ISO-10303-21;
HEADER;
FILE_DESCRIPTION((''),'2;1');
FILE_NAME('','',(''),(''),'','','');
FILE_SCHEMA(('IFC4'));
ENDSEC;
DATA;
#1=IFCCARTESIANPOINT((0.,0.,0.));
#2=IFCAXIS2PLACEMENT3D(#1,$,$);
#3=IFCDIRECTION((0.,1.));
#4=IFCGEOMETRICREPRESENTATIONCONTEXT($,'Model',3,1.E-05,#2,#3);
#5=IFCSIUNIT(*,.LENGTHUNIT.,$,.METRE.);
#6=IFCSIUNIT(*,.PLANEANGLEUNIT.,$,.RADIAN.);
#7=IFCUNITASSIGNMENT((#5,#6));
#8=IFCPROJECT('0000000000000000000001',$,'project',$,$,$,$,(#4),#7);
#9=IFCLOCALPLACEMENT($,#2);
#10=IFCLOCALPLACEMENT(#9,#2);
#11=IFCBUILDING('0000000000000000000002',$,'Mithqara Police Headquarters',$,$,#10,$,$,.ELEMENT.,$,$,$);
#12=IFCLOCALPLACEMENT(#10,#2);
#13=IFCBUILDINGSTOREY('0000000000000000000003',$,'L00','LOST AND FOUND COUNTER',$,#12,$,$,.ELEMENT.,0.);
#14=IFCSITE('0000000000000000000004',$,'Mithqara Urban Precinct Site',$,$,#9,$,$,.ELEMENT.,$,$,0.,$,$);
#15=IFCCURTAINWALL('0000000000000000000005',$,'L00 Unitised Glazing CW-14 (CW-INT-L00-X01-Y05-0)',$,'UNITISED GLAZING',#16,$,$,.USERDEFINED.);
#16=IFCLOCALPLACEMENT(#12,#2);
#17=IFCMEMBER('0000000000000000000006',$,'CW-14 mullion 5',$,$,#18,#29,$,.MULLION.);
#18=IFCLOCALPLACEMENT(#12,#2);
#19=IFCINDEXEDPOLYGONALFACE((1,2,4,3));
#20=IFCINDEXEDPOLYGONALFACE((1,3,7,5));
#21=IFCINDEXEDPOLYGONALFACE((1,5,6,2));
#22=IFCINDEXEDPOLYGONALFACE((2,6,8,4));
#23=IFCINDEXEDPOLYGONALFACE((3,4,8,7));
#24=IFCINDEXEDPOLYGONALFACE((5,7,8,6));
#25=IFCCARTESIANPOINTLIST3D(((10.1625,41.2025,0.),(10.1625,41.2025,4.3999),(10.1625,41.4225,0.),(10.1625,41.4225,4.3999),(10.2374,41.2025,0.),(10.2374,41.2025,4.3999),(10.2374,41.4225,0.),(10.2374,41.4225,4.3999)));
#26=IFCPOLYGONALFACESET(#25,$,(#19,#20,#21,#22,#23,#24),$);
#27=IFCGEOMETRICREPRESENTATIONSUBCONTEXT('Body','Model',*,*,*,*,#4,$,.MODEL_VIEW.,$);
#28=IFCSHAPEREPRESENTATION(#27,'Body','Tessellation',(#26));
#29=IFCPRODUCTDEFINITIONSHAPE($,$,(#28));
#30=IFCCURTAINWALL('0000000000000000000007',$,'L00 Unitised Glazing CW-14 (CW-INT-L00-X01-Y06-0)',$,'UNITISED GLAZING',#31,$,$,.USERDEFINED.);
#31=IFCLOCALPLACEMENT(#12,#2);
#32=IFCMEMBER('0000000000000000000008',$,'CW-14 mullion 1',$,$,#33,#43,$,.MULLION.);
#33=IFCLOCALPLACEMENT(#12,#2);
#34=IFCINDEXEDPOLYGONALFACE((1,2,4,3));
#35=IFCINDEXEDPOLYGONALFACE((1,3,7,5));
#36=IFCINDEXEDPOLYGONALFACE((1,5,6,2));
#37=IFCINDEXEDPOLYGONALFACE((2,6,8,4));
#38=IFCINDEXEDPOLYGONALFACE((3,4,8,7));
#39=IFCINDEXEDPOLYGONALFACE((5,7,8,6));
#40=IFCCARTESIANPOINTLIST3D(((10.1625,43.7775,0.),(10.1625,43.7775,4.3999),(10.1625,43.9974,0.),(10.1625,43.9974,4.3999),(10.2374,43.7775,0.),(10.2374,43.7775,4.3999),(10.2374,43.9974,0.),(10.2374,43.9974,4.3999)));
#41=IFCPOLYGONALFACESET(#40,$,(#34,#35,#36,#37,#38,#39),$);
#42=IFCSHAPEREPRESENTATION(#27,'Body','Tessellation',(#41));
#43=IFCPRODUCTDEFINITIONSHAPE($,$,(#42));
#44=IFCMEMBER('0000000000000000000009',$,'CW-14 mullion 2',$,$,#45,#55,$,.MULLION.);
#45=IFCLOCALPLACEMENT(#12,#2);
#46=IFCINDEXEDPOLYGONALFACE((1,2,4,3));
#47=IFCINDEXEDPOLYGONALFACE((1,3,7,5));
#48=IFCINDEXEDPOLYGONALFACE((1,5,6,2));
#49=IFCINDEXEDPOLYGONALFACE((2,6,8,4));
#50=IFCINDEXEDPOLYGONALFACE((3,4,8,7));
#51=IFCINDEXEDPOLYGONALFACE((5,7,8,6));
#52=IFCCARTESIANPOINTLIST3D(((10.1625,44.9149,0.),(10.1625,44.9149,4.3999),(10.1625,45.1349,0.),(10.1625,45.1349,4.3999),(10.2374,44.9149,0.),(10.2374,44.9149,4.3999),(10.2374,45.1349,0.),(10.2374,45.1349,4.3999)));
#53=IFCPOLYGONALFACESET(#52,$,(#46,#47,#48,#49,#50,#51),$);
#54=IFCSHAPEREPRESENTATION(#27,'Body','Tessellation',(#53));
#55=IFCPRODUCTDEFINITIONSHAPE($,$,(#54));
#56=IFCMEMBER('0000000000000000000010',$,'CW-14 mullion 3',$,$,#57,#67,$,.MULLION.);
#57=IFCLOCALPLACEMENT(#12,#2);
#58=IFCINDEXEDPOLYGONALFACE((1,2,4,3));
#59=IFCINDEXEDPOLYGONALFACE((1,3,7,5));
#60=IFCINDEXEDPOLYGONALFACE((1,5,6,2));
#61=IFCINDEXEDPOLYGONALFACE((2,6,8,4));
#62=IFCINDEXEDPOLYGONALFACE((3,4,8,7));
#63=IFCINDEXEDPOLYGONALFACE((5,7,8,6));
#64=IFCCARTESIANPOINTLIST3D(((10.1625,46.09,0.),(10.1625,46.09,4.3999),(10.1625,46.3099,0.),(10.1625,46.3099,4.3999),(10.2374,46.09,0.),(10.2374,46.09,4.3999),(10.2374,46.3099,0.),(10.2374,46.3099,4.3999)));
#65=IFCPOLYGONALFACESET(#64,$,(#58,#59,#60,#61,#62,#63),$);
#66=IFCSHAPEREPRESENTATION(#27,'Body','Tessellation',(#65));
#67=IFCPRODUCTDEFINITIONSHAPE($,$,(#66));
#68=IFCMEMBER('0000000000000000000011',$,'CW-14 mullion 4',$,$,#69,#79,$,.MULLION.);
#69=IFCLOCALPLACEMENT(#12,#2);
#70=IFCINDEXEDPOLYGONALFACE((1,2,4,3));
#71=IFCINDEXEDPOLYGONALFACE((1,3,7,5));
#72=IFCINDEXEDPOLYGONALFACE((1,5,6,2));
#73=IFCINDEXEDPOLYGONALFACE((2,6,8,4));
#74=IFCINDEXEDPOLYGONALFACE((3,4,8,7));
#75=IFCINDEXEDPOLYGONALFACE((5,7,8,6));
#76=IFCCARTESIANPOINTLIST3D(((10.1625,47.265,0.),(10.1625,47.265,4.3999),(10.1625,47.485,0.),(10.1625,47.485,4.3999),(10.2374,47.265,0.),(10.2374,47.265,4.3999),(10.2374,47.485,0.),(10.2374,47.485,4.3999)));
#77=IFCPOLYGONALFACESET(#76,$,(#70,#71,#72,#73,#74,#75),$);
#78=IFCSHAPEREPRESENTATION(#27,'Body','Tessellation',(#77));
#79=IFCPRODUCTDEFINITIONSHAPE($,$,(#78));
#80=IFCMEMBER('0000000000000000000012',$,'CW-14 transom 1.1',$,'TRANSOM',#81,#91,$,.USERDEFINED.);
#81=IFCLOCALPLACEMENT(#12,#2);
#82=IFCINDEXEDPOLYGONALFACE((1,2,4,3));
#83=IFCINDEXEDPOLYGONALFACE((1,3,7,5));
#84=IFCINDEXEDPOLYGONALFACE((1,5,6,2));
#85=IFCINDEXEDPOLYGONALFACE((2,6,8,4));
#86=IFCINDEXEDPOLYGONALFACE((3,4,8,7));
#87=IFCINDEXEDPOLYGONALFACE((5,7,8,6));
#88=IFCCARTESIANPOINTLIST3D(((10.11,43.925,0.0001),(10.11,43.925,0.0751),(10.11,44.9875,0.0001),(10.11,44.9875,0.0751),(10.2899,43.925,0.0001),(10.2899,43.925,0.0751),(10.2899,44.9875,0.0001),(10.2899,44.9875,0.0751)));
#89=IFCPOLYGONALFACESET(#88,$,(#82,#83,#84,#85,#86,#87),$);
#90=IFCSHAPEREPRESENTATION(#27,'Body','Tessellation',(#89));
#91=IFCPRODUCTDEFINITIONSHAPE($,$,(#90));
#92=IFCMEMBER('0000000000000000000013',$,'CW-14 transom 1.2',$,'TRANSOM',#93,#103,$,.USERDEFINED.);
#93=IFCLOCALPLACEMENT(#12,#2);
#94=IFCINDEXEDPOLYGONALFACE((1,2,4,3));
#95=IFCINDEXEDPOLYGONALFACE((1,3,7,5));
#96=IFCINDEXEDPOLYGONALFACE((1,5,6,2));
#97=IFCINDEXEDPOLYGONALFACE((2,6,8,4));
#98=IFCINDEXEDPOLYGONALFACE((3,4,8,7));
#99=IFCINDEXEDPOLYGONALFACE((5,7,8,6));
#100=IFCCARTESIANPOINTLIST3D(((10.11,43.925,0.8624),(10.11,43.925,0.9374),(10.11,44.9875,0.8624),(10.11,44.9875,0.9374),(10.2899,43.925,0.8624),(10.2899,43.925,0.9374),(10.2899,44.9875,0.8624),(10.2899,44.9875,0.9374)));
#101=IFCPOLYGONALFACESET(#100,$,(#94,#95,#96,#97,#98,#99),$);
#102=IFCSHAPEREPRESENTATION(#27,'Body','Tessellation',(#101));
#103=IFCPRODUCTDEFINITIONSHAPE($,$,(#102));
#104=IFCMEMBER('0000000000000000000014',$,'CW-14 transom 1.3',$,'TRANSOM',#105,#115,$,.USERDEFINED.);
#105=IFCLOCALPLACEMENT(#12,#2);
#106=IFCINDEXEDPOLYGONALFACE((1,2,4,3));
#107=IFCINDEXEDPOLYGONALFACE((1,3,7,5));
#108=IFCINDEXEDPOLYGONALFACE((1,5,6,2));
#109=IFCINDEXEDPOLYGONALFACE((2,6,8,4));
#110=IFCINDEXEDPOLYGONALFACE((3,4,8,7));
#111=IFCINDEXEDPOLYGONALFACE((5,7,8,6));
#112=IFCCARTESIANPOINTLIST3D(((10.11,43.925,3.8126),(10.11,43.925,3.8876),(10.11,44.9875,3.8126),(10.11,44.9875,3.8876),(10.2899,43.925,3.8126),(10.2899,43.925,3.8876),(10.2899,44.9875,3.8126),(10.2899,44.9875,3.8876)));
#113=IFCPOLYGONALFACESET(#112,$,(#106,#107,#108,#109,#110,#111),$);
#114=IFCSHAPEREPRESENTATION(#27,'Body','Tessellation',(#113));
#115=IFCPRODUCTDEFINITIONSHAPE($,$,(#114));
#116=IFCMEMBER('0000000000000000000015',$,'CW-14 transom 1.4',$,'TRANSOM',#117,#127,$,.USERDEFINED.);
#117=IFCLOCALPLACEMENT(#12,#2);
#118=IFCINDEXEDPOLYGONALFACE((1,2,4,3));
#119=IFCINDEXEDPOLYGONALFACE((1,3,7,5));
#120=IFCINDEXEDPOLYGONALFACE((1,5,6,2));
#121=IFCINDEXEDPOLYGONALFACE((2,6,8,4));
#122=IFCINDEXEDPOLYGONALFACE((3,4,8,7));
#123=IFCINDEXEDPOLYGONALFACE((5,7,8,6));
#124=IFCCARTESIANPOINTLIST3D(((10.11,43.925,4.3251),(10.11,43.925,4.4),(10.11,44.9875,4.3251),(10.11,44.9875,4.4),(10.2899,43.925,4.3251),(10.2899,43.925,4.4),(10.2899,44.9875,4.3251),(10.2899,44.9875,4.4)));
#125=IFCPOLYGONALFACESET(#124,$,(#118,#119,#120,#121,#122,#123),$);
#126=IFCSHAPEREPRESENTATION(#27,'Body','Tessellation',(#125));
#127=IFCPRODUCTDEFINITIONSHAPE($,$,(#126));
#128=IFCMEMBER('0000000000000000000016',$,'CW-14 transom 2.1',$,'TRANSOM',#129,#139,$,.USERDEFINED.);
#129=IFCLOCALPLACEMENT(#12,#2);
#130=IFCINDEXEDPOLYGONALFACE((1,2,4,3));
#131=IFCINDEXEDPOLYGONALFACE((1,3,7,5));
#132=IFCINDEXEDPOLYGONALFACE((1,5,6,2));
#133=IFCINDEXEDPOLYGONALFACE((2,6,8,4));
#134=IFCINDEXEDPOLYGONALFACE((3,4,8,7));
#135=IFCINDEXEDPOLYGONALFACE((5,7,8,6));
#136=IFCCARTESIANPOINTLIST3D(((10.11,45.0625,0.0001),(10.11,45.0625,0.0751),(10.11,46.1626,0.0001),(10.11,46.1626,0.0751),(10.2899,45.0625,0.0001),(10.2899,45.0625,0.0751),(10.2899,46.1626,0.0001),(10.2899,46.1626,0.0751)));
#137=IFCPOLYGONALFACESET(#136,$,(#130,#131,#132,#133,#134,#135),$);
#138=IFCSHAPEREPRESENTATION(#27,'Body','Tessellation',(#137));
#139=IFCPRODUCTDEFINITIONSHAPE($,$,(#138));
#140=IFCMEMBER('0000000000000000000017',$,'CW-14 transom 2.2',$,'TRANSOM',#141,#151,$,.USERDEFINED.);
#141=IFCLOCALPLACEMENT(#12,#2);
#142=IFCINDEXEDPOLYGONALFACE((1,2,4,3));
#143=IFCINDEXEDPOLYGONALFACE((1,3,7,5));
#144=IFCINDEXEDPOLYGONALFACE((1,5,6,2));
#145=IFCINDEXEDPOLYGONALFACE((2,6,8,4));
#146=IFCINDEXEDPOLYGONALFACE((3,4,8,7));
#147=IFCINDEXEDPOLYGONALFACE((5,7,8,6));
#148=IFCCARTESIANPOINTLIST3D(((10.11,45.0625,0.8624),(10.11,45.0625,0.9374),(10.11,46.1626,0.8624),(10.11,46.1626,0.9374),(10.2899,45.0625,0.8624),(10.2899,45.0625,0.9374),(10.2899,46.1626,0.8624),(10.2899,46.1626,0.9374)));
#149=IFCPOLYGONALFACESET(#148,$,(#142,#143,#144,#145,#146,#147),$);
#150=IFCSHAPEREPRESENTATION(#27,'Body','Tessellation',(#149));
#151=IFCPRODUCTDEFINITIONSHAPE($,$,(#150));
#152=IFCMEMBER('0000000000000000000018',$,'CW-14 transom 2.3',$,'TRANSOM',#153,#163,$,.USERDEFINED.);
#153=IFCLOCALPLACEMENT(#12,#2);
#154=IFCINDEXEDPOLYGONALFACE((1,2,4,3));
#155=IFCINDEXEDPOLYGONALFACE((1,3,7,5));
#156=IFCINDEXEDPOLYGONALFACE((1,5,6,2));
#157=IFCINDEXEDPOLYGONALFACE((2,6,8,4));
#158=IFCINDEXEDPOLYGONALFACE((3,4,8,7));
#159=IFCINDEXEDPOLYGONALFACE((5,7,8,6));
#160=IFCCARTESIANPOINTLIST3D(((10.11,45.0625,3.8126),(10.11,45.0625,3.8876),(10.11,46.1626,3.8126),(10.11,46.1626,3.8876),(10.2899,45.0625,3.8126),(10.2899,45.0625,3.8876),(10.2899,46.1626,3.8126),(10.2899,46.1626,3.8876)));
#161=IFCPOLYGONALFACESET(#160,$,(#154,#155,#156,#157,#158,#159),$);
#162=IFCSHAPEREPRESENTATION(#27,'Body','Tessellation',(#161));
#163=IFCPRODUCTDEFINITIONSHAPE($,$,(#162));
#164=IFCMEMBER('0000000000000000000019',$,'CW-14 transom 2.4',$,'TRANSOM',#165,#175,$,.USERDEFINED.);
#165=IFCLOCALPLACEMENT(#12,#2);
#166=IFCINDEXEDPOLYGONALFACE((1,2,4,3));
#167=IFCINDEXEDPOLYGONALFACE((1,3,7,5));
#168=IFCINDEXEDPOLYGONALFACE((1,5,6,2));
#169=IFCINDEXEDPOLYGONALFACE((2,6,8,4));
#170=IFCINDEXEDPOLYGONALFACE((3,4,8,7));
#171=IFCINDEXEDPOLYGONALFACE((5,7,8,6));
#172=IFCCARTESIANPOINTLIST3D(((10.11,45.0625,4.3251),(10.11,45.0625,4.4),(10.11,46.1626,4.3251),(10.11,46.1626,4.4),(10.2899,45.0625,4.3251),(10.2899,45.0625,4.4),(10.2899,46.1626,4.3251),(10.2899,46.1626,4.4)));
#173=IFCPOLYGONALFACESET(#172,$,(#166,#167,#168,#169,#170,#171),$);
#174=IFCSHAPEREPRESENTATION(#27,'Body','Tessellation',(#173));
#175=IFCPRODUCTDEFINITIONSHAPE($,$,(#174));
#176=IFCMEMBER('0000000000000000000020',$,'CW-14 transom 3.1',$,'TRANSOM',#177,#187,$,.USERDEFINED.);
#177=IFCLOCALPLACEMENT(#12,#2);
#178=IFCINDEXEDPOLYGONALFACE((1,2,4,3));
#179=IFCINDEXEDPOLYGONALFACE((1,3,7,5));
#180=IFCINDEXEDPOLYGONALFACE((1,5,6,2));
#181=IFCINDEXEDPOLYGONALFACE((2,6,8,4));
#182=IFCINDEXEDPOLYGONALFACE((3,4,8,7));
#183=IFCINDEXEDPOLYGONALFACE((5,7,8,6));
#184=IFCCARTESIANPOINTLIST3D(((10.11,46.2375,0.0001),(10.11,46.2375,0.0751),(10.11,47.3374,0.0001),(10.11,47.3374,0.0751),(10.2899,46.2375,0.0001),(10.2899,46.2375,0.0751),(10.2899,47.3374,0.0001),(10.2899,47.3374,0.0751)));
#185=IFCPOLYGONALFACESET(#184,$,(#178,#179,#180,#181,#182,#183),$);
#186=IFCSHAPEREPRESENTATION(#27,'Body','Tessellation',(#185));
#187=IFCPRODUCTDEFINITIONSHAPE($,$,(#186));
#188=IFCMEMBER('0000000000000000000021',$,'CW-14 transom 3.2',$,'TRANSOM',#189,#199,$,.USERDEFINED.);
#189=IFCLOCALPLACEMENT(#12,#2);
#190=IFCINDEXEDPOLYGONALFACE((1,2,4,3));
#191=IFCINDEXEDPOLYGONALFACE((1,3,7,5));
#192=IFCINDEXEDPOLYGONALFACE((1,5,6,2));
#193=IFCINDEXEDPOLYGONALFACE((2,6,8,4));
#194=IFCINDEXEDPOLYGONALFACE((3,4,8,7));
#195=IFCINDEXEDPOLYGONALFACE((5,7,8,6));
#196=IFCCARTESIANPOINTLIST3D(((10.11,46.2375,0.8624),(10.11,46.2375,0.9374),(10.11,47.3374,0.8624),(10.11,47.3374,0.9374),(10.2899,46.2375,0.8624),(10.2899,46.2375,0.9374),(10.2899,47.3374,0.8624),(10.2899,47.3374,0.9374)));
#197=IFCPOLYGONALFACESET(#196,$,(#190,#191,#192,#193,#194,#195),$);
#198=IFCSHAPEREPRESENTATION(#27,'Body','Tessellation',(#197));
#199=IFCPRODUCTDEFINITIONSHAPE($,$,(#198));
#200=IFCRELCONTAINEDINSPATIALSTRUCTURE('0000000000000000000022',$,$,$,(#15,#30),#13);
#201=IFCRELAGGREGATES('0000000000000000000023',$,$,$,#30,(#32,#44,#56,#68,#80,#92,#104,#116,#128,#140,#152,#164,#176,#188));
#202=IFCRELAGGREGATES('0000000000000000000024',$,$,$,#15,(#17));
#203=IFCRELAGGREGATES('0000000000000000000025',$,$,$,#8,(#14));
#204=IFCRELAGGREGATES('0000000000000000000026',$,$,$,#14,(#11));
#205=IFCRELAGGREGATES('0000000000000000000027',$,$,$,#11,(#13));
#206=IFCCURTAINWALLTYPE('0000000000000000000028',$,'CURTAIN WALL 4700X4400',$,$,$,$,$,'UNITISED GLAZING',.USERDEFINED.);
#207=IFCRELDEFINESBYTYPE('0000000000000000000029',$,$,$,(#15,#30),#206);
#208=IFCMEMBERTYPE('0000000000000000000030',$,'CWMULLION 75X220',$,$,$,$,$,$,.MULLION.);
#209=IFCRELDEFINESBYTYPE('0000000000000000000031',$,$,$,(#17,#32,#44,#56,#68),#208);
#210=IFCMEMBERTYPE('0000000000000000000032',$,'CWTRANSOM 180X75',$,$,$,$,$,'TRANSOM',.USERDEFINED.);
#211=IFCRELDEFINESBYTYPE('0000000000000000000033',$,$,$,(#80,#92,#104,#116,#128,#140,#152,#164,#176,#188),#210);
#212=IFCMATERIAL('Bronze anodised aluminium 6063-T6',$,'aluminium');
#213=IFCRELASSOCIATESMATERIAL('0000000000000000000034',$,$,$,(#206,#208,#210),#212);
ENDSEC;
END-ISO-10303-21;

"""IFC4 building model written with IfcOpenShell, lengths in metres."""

from ifc_helpers import new_model, si_unit, direction, frame, origin, origin_2d, place, context, subcontext, project, spatial, rectangle, extrude, material, material_profile, profile_set, type_object, element, aggregate, save


model = new_model("IFC4")

# Units and contexts
model_context = context("Model", 3, precision=1e-05, world=origin(), true_north=direction((0.0, 1.0)))
body_context = subcontext(model_context, "Body", "Model", "MODEL_VIEW")
ifc_project = project(units=[si_unit("LENGTHUNIT", "METRE"), si_unit("PLANEANGLEUNIT", "RADIAN")], contexts=[model_context])

# Site, building, storey
site_placement = place(None, origin())
site = spatial("IfcSite", under=ifc_project, at=site_placement, Name="Mithqara Urban Precinct Site", CompositionType="ELEMENT", RefElevation=0.0)
building_placement = place(site_placement, origin())
building = spatial("IfcBuilding", under=site, at=building_placement, Name="Mithqara Police Headquarters", CompositionType="ELEMENT")
storey_placement = place(building_placement, origin())
storey = spatial("IfcBuildingStorey", under=building, at=storey_placement, Name="L00", Description="LOST AND FOUND COUNTER", CompositionType="ELEMENT", Elevation=0.0)

# Curtain wall, member
ifc_material_1 = material(Name="Bronze anodised aluminium 6063-T6", Category="aluminium")
curtain_wall_type = type_object("IfcCurtainWallType", Name="CURTAIN WALL 4700X4400", ElementType="UNITISED GLAZING", PredefinedType="USERDEFINED", material=ifc_material_1)
curtain_wall_1_placement = place(storey_placement, origin())
curtain_wall_1 = element("IfcCurtainWall", 1, at=curtain_wall_1_placement, inside=storey, type_object=curtain_wall_type, Name="L00 Unitised Glazing CW-14 (CW-INT-L00-X01-Y05-0)", ObjectType="UNITISED GLAZING", PredefinedType="USERDEFINED")
ifc_material_profile_1 = material_profile(ifc_material_1, rectangle(XDim=0.075, YDim=0.22, at=origin_2d()), Name="CWM 75x220")
ifc_profile_set_1 = profile_set([ifc_material_profile_1], Name="Bronze anodised aluminium 6063-T6")
member_type_1 = type_object("IfcMemberType", Name="CWMULLION 75X220", PredefinedType="MULLION", material=ifc_profile_set_1)
member_1_placement = place(storey_placement, frame((10.2, 41.3125, 0.0), z_axis=(0.0, 0.0, 1.0), x_axis=(-1.0, 0.0, 0.0)))
member_1 = element("IfcMember", 2, at=member_1_placement, type_object=member_type_1, Name="CW-14 mullion 5", PredefinedType="MULLION", context=body_context, shape_type="SweptSolid", body=[
    extrude(rectangle(XDim=0.075, YDim=0.22, at=origin_2d()), origin(), (0.0, 0.0, 1.0), 4.3999),
])

# Curtain wall, members
curtain_wall_2_placement = place(storey_placement, origin())
curtain_wall_2 = element("IfcCurtainWall", 3, at=curtain_wall_2_placement, inside=storey, type_object=curtain_wall_type, Name="L00 Unitised Glazing CW-14 (CW-INT-L00-X01-Y06-0)", ObjectType="UNITISED GLAZING", PredefinedType="USERDEFINED")
member_2_placement = place(storey_placement, frame((10.2, 43.8875, 0.0), z_axis=(0.0, 0.0, 1.0), x_axis=(-1.0, 0.0, 0.0)))
member_2 = element("IfcMember", 4, at=member_2_placement, type_object=member_type_1, Name="CW-14 mullion 1", PredefinedType="MULLION", context=body_context, shape_type="SweptSolid", body=[
    extrude(rectangle(XDim=0.075, YDim=0.22, at=origin_2d()), origin(), (0.0, 0.0, 1.0), 4.3999),
])
member_3_placement = place(storey_placement, frame((10.2, 45.0249, 0.0), z_axis=(0.0, 0.0, 1.0), x_axis=(-1.0, 0.0, 0.0)))
member_3 = element("IfcMember", 5, at=member_3_placement, type_object=member_type_1, Name="CW-14 mullion 2", PredefinedType="MULLION", context=body_context, shape_type="SweptSolid", body=[
    extrude(rectangle(XDim=0.075, YDim=0.22, at=origin_2d()), origin(), (0.0, 0.0, 1.0), 4.3999),
])
member_4_placement = place(storey_placement, frame((10.2, 46.2, 0.0), z_axis=(0.0, 0.0, 1.0), x_axis=(-1.0, 0.0, 0.0)))
member_4 = element("IfcMember", 6, at=member_4_placement, type_object=member_type_1, Name="CW-14 mullion 3", PredefinedType="MULLION", context=body_context, shape_type="SweptSolid", body=[
    extrude(rectangle(XDim=0.075, YDim=0.22, at=origin_2d()), origin(), (0.0, 0.0, 1.0), 4.3999),
])
member_5_placement = place(storey_placement, frame((10.2, 47.375, 0.0), z_axis=(0.0, 0.0, 1.0), x_axis=(-1.0, 0.0, 0.0)))
member_5 = element("IfcMember", 7, at=member_5_placement, type_object=member_type_1, Name="CW-14 mullion 4", PredefinedType="MULLION", context=body_context, shape_type="SweptSolid", body=[
    extrude(rectangle(XDim=0.075, YDim=0.22, at=origin_2d()), origin(), (0.0, 0.0, 1.0), 4.3999),
])
ifc_material_profile_2 = material_profile(ifc_material_1, rectangle(XDim=0.1799, YDim=0.075, at=origin_2d()), Name="CWT 180x75")
ifc_profile_set_2 = profile_set([ifc_material_profile_2], Name="Bronze anodised aluminium 6063-T6")
member_type_2 = type_object("IfcMemberType", Name="CWTRANSOM 180X75", ElementType="TRANSOM", PredefinedType="USERDEFINED", material=ifc_profile_set_2)
member_6_placement = place(storey_placement, frame((10.2, 43.925, 0.0376), z_axis=(0.0, 1.0, 0.0), x_axis=(-1.0, 0.0, 0.0)))
member_6 = element("IfcMember", 8, at=member_6_placement, type_object=member_type_2, Name="CW-14 transom 1.1", ObjectType="TRANSOM", PredefinedType="USERDEFINED", context=body_context, shape_type="SweptSolid", body=[
    extrude(rectangle(XDim=0.1799, YDim=0.075, at=origin_2d()), origin(), (0.0, 0.0, 1.0), 1.0625),
])
member_7_placement = place(storey_placement, frame((10.2, 43.925, 0.8999), z_axis=(0.0, 1.0, 0.0), x_axis=(-1.0, 0.0, 0.0)))
member_7 = element("IfcMember", 9, at=member_7_placement, type_object=member_type_2, Name="CW-14 transom 1.2", ObjectType="TRANSOM", PredefinedType="USERDEFINED", context=body_context, shape_type="SweptSolid", body=[
    extrude(rectangle(XDim=0.1799, YDim=0.075, at=origin_2d()), origin(), (0.0, 0.0, 1.0), 1.0625),
])
member_8_placement = place(storey_placement, frame((10.2, 43.925, 3.8501), z_axis=(0.0, 1.0, 0.0), x_axis=(-1.0, 0.0, 0.0)))
member_8 = element("IfcMember", 10, at=member_8_placement, type_object=member_type_2, Name="CW-14 transom 1.3", ObjectType="TRANSOM", PredefinedType="USERDEFINED", context=body_context, shape_type="SweptSolid", body=[
    extrude(rectangle(XDim=0.1799, YDim=0.075, at=origin_2d()), origin(), (0.0, 0.0, 1.0), 1.0625),
])
member_9_placement = place(storey_placement, frame((10.2, 43.925, 4.3625), z_axis=(0.0, 1.0, 0.0), x_axis=(-1.0, 0.0, 0.0)))
member_9 = element("IfcMember", 11, at=member_9_placement, type_object=member_type_2, Name="CW-14 transom 1.4", ObjectType="TRANSOM", PredefinedType="USERDEFINED", context=body_context, shape_type="SweptSolid", body=[
    extrude(rectangle(XDim=0.1799, YDim=0.075, at=origin_2d()), origin(), (0.0, 0.0, 1.0), 1.0625),
])
member_10_placement = place(storey_placement, frame((10.2, 45.0625, 0.0376), z_axis=(0.0, 1.0, 0.0), x_axis=(-1.0, 0.0, 0.0)))
member_10 = element("IfcMember", 12, at=member_10_placement, type_object=member_type_2, Name="CW-14 transom 2.1", ObjectType="TRANSOM", PredefinedType="USERDEFINED", context=body_context, shape_type="SweptSolid", body=[
    extrude(rectangle(XDim=0.1799, YDim=0.075, at=origin_2d()), origin(), (0.0, 0.0, 1.0), 1.1001),
])
member_11_placement = place(storey_placement, frame((10.2, 45.0625, 0.8999), z_axis=(0.0, 1.0, 0.0), x_axis=(-1.0, 0.0, 0.0)))
member_11 = element("IfcMember", 13, at=member_11_placement, type_object=member_type_2, Name="CW-14 transom 2.2", ObjectType="TRANSOM", PredefinedType="USERDEFINED", context=body_context, shape_type="SweptSolid", body=[
    extrude(rectangle(XDim=0.1799, YDim=0.075, at=origin_2d()), origin(), (0.0, 0.0, 1.0), 1.1001),
])
member_12_placement = place(storey_placement, frame((10.2, 45.0625, 3.8501), z_axis=(0.0, 1.0, 0.0), x_axis=(-1.0, 0.0, 0.0)))
member_12 = element("IfcMember", 14, at=member_12_placement, type_object=member_type_2, Name="CW-14 transom 2.3", ObjectType="TRANSOM", PredefinedType="USERDEFINED", context=body_context, shape_type="SweptSolid", body=[
    extrude(rectangle(XDim=0.1799, YDim=0.075, at=origin_2d()), origin(), (0.0, 0.0, 1.0), 1.1001),
])
member_13_placement = place(storey_placement, frame((10.2, 45.0625, 4.3625), z_axis=(0.0, 1.0, 0.0), x_axis=(-1.0, 0.0, 0.0)))
member_13 = element("IfcMember", 15, at=member_13_placement, type_object=member_type_2, Name="CW-14 transom 2.4", ObjectType="TRANSOM", PredefinedType="USERDEFINED", context=body_context, shape_type="SweptSolid", body=[
    extrude(rectangle(XDim=0.1799, YDim=0.075, at=origin_2d()), origin(), (0.0, 0.0, 1.0), 1.1001),
])
member_14_placement = place(storey_placement, frame((10.2, 46.2375, 0.0376), z_axis=(0.0, 1.0, 0.0), x_axis=(-1.0, 0.0, 0.0)))
member_14 = element("IfcMember", 16, at=member_14_placement, type_object=member_type_2, Name="CW-14 transom 3.1", ObjectType="TRANSOM", PredefinedType="USERDEFINED", context=body_context, shape_type="SweptSolid", body=[
    extrude(rectangle(XDim=0.1799, YDim=0.075, at=origin_2d()), origin(), (0.0, 0.0, 1.0), 1.0999),
])
member_15_placement = place(storey_placement, frame((10.2, 46.2375, 0.8999), z_axis=(0.0, 1.0, 0.0), x_axis=(-1.0, 0.0, 0.0)))
member_15 = element("IfcMember", 17, at=member_15_placement, type_object=member_type_2, Name="CW-14 transom 3.2", ObjectType="TRANSOM", PredefinedType="USERDEFINED", context=body_context, shape_type="SweptSolid", body=[
    extrude(rectangle(XDim=0.1799, YDim=0.075, at=origin_2d()), origin(), (0.0, 0.0, 1.0), 1.0999),
])
aggregate(curtain_wall_2, [member_2, member_3, member_4, member_5, member_6, member_7, member_8, member_9, member_10, member_11, member_12, member_13, member_14, member_15])

aggregate(curtain_wall_1, [member_1])

save(model, "model.ifc")
